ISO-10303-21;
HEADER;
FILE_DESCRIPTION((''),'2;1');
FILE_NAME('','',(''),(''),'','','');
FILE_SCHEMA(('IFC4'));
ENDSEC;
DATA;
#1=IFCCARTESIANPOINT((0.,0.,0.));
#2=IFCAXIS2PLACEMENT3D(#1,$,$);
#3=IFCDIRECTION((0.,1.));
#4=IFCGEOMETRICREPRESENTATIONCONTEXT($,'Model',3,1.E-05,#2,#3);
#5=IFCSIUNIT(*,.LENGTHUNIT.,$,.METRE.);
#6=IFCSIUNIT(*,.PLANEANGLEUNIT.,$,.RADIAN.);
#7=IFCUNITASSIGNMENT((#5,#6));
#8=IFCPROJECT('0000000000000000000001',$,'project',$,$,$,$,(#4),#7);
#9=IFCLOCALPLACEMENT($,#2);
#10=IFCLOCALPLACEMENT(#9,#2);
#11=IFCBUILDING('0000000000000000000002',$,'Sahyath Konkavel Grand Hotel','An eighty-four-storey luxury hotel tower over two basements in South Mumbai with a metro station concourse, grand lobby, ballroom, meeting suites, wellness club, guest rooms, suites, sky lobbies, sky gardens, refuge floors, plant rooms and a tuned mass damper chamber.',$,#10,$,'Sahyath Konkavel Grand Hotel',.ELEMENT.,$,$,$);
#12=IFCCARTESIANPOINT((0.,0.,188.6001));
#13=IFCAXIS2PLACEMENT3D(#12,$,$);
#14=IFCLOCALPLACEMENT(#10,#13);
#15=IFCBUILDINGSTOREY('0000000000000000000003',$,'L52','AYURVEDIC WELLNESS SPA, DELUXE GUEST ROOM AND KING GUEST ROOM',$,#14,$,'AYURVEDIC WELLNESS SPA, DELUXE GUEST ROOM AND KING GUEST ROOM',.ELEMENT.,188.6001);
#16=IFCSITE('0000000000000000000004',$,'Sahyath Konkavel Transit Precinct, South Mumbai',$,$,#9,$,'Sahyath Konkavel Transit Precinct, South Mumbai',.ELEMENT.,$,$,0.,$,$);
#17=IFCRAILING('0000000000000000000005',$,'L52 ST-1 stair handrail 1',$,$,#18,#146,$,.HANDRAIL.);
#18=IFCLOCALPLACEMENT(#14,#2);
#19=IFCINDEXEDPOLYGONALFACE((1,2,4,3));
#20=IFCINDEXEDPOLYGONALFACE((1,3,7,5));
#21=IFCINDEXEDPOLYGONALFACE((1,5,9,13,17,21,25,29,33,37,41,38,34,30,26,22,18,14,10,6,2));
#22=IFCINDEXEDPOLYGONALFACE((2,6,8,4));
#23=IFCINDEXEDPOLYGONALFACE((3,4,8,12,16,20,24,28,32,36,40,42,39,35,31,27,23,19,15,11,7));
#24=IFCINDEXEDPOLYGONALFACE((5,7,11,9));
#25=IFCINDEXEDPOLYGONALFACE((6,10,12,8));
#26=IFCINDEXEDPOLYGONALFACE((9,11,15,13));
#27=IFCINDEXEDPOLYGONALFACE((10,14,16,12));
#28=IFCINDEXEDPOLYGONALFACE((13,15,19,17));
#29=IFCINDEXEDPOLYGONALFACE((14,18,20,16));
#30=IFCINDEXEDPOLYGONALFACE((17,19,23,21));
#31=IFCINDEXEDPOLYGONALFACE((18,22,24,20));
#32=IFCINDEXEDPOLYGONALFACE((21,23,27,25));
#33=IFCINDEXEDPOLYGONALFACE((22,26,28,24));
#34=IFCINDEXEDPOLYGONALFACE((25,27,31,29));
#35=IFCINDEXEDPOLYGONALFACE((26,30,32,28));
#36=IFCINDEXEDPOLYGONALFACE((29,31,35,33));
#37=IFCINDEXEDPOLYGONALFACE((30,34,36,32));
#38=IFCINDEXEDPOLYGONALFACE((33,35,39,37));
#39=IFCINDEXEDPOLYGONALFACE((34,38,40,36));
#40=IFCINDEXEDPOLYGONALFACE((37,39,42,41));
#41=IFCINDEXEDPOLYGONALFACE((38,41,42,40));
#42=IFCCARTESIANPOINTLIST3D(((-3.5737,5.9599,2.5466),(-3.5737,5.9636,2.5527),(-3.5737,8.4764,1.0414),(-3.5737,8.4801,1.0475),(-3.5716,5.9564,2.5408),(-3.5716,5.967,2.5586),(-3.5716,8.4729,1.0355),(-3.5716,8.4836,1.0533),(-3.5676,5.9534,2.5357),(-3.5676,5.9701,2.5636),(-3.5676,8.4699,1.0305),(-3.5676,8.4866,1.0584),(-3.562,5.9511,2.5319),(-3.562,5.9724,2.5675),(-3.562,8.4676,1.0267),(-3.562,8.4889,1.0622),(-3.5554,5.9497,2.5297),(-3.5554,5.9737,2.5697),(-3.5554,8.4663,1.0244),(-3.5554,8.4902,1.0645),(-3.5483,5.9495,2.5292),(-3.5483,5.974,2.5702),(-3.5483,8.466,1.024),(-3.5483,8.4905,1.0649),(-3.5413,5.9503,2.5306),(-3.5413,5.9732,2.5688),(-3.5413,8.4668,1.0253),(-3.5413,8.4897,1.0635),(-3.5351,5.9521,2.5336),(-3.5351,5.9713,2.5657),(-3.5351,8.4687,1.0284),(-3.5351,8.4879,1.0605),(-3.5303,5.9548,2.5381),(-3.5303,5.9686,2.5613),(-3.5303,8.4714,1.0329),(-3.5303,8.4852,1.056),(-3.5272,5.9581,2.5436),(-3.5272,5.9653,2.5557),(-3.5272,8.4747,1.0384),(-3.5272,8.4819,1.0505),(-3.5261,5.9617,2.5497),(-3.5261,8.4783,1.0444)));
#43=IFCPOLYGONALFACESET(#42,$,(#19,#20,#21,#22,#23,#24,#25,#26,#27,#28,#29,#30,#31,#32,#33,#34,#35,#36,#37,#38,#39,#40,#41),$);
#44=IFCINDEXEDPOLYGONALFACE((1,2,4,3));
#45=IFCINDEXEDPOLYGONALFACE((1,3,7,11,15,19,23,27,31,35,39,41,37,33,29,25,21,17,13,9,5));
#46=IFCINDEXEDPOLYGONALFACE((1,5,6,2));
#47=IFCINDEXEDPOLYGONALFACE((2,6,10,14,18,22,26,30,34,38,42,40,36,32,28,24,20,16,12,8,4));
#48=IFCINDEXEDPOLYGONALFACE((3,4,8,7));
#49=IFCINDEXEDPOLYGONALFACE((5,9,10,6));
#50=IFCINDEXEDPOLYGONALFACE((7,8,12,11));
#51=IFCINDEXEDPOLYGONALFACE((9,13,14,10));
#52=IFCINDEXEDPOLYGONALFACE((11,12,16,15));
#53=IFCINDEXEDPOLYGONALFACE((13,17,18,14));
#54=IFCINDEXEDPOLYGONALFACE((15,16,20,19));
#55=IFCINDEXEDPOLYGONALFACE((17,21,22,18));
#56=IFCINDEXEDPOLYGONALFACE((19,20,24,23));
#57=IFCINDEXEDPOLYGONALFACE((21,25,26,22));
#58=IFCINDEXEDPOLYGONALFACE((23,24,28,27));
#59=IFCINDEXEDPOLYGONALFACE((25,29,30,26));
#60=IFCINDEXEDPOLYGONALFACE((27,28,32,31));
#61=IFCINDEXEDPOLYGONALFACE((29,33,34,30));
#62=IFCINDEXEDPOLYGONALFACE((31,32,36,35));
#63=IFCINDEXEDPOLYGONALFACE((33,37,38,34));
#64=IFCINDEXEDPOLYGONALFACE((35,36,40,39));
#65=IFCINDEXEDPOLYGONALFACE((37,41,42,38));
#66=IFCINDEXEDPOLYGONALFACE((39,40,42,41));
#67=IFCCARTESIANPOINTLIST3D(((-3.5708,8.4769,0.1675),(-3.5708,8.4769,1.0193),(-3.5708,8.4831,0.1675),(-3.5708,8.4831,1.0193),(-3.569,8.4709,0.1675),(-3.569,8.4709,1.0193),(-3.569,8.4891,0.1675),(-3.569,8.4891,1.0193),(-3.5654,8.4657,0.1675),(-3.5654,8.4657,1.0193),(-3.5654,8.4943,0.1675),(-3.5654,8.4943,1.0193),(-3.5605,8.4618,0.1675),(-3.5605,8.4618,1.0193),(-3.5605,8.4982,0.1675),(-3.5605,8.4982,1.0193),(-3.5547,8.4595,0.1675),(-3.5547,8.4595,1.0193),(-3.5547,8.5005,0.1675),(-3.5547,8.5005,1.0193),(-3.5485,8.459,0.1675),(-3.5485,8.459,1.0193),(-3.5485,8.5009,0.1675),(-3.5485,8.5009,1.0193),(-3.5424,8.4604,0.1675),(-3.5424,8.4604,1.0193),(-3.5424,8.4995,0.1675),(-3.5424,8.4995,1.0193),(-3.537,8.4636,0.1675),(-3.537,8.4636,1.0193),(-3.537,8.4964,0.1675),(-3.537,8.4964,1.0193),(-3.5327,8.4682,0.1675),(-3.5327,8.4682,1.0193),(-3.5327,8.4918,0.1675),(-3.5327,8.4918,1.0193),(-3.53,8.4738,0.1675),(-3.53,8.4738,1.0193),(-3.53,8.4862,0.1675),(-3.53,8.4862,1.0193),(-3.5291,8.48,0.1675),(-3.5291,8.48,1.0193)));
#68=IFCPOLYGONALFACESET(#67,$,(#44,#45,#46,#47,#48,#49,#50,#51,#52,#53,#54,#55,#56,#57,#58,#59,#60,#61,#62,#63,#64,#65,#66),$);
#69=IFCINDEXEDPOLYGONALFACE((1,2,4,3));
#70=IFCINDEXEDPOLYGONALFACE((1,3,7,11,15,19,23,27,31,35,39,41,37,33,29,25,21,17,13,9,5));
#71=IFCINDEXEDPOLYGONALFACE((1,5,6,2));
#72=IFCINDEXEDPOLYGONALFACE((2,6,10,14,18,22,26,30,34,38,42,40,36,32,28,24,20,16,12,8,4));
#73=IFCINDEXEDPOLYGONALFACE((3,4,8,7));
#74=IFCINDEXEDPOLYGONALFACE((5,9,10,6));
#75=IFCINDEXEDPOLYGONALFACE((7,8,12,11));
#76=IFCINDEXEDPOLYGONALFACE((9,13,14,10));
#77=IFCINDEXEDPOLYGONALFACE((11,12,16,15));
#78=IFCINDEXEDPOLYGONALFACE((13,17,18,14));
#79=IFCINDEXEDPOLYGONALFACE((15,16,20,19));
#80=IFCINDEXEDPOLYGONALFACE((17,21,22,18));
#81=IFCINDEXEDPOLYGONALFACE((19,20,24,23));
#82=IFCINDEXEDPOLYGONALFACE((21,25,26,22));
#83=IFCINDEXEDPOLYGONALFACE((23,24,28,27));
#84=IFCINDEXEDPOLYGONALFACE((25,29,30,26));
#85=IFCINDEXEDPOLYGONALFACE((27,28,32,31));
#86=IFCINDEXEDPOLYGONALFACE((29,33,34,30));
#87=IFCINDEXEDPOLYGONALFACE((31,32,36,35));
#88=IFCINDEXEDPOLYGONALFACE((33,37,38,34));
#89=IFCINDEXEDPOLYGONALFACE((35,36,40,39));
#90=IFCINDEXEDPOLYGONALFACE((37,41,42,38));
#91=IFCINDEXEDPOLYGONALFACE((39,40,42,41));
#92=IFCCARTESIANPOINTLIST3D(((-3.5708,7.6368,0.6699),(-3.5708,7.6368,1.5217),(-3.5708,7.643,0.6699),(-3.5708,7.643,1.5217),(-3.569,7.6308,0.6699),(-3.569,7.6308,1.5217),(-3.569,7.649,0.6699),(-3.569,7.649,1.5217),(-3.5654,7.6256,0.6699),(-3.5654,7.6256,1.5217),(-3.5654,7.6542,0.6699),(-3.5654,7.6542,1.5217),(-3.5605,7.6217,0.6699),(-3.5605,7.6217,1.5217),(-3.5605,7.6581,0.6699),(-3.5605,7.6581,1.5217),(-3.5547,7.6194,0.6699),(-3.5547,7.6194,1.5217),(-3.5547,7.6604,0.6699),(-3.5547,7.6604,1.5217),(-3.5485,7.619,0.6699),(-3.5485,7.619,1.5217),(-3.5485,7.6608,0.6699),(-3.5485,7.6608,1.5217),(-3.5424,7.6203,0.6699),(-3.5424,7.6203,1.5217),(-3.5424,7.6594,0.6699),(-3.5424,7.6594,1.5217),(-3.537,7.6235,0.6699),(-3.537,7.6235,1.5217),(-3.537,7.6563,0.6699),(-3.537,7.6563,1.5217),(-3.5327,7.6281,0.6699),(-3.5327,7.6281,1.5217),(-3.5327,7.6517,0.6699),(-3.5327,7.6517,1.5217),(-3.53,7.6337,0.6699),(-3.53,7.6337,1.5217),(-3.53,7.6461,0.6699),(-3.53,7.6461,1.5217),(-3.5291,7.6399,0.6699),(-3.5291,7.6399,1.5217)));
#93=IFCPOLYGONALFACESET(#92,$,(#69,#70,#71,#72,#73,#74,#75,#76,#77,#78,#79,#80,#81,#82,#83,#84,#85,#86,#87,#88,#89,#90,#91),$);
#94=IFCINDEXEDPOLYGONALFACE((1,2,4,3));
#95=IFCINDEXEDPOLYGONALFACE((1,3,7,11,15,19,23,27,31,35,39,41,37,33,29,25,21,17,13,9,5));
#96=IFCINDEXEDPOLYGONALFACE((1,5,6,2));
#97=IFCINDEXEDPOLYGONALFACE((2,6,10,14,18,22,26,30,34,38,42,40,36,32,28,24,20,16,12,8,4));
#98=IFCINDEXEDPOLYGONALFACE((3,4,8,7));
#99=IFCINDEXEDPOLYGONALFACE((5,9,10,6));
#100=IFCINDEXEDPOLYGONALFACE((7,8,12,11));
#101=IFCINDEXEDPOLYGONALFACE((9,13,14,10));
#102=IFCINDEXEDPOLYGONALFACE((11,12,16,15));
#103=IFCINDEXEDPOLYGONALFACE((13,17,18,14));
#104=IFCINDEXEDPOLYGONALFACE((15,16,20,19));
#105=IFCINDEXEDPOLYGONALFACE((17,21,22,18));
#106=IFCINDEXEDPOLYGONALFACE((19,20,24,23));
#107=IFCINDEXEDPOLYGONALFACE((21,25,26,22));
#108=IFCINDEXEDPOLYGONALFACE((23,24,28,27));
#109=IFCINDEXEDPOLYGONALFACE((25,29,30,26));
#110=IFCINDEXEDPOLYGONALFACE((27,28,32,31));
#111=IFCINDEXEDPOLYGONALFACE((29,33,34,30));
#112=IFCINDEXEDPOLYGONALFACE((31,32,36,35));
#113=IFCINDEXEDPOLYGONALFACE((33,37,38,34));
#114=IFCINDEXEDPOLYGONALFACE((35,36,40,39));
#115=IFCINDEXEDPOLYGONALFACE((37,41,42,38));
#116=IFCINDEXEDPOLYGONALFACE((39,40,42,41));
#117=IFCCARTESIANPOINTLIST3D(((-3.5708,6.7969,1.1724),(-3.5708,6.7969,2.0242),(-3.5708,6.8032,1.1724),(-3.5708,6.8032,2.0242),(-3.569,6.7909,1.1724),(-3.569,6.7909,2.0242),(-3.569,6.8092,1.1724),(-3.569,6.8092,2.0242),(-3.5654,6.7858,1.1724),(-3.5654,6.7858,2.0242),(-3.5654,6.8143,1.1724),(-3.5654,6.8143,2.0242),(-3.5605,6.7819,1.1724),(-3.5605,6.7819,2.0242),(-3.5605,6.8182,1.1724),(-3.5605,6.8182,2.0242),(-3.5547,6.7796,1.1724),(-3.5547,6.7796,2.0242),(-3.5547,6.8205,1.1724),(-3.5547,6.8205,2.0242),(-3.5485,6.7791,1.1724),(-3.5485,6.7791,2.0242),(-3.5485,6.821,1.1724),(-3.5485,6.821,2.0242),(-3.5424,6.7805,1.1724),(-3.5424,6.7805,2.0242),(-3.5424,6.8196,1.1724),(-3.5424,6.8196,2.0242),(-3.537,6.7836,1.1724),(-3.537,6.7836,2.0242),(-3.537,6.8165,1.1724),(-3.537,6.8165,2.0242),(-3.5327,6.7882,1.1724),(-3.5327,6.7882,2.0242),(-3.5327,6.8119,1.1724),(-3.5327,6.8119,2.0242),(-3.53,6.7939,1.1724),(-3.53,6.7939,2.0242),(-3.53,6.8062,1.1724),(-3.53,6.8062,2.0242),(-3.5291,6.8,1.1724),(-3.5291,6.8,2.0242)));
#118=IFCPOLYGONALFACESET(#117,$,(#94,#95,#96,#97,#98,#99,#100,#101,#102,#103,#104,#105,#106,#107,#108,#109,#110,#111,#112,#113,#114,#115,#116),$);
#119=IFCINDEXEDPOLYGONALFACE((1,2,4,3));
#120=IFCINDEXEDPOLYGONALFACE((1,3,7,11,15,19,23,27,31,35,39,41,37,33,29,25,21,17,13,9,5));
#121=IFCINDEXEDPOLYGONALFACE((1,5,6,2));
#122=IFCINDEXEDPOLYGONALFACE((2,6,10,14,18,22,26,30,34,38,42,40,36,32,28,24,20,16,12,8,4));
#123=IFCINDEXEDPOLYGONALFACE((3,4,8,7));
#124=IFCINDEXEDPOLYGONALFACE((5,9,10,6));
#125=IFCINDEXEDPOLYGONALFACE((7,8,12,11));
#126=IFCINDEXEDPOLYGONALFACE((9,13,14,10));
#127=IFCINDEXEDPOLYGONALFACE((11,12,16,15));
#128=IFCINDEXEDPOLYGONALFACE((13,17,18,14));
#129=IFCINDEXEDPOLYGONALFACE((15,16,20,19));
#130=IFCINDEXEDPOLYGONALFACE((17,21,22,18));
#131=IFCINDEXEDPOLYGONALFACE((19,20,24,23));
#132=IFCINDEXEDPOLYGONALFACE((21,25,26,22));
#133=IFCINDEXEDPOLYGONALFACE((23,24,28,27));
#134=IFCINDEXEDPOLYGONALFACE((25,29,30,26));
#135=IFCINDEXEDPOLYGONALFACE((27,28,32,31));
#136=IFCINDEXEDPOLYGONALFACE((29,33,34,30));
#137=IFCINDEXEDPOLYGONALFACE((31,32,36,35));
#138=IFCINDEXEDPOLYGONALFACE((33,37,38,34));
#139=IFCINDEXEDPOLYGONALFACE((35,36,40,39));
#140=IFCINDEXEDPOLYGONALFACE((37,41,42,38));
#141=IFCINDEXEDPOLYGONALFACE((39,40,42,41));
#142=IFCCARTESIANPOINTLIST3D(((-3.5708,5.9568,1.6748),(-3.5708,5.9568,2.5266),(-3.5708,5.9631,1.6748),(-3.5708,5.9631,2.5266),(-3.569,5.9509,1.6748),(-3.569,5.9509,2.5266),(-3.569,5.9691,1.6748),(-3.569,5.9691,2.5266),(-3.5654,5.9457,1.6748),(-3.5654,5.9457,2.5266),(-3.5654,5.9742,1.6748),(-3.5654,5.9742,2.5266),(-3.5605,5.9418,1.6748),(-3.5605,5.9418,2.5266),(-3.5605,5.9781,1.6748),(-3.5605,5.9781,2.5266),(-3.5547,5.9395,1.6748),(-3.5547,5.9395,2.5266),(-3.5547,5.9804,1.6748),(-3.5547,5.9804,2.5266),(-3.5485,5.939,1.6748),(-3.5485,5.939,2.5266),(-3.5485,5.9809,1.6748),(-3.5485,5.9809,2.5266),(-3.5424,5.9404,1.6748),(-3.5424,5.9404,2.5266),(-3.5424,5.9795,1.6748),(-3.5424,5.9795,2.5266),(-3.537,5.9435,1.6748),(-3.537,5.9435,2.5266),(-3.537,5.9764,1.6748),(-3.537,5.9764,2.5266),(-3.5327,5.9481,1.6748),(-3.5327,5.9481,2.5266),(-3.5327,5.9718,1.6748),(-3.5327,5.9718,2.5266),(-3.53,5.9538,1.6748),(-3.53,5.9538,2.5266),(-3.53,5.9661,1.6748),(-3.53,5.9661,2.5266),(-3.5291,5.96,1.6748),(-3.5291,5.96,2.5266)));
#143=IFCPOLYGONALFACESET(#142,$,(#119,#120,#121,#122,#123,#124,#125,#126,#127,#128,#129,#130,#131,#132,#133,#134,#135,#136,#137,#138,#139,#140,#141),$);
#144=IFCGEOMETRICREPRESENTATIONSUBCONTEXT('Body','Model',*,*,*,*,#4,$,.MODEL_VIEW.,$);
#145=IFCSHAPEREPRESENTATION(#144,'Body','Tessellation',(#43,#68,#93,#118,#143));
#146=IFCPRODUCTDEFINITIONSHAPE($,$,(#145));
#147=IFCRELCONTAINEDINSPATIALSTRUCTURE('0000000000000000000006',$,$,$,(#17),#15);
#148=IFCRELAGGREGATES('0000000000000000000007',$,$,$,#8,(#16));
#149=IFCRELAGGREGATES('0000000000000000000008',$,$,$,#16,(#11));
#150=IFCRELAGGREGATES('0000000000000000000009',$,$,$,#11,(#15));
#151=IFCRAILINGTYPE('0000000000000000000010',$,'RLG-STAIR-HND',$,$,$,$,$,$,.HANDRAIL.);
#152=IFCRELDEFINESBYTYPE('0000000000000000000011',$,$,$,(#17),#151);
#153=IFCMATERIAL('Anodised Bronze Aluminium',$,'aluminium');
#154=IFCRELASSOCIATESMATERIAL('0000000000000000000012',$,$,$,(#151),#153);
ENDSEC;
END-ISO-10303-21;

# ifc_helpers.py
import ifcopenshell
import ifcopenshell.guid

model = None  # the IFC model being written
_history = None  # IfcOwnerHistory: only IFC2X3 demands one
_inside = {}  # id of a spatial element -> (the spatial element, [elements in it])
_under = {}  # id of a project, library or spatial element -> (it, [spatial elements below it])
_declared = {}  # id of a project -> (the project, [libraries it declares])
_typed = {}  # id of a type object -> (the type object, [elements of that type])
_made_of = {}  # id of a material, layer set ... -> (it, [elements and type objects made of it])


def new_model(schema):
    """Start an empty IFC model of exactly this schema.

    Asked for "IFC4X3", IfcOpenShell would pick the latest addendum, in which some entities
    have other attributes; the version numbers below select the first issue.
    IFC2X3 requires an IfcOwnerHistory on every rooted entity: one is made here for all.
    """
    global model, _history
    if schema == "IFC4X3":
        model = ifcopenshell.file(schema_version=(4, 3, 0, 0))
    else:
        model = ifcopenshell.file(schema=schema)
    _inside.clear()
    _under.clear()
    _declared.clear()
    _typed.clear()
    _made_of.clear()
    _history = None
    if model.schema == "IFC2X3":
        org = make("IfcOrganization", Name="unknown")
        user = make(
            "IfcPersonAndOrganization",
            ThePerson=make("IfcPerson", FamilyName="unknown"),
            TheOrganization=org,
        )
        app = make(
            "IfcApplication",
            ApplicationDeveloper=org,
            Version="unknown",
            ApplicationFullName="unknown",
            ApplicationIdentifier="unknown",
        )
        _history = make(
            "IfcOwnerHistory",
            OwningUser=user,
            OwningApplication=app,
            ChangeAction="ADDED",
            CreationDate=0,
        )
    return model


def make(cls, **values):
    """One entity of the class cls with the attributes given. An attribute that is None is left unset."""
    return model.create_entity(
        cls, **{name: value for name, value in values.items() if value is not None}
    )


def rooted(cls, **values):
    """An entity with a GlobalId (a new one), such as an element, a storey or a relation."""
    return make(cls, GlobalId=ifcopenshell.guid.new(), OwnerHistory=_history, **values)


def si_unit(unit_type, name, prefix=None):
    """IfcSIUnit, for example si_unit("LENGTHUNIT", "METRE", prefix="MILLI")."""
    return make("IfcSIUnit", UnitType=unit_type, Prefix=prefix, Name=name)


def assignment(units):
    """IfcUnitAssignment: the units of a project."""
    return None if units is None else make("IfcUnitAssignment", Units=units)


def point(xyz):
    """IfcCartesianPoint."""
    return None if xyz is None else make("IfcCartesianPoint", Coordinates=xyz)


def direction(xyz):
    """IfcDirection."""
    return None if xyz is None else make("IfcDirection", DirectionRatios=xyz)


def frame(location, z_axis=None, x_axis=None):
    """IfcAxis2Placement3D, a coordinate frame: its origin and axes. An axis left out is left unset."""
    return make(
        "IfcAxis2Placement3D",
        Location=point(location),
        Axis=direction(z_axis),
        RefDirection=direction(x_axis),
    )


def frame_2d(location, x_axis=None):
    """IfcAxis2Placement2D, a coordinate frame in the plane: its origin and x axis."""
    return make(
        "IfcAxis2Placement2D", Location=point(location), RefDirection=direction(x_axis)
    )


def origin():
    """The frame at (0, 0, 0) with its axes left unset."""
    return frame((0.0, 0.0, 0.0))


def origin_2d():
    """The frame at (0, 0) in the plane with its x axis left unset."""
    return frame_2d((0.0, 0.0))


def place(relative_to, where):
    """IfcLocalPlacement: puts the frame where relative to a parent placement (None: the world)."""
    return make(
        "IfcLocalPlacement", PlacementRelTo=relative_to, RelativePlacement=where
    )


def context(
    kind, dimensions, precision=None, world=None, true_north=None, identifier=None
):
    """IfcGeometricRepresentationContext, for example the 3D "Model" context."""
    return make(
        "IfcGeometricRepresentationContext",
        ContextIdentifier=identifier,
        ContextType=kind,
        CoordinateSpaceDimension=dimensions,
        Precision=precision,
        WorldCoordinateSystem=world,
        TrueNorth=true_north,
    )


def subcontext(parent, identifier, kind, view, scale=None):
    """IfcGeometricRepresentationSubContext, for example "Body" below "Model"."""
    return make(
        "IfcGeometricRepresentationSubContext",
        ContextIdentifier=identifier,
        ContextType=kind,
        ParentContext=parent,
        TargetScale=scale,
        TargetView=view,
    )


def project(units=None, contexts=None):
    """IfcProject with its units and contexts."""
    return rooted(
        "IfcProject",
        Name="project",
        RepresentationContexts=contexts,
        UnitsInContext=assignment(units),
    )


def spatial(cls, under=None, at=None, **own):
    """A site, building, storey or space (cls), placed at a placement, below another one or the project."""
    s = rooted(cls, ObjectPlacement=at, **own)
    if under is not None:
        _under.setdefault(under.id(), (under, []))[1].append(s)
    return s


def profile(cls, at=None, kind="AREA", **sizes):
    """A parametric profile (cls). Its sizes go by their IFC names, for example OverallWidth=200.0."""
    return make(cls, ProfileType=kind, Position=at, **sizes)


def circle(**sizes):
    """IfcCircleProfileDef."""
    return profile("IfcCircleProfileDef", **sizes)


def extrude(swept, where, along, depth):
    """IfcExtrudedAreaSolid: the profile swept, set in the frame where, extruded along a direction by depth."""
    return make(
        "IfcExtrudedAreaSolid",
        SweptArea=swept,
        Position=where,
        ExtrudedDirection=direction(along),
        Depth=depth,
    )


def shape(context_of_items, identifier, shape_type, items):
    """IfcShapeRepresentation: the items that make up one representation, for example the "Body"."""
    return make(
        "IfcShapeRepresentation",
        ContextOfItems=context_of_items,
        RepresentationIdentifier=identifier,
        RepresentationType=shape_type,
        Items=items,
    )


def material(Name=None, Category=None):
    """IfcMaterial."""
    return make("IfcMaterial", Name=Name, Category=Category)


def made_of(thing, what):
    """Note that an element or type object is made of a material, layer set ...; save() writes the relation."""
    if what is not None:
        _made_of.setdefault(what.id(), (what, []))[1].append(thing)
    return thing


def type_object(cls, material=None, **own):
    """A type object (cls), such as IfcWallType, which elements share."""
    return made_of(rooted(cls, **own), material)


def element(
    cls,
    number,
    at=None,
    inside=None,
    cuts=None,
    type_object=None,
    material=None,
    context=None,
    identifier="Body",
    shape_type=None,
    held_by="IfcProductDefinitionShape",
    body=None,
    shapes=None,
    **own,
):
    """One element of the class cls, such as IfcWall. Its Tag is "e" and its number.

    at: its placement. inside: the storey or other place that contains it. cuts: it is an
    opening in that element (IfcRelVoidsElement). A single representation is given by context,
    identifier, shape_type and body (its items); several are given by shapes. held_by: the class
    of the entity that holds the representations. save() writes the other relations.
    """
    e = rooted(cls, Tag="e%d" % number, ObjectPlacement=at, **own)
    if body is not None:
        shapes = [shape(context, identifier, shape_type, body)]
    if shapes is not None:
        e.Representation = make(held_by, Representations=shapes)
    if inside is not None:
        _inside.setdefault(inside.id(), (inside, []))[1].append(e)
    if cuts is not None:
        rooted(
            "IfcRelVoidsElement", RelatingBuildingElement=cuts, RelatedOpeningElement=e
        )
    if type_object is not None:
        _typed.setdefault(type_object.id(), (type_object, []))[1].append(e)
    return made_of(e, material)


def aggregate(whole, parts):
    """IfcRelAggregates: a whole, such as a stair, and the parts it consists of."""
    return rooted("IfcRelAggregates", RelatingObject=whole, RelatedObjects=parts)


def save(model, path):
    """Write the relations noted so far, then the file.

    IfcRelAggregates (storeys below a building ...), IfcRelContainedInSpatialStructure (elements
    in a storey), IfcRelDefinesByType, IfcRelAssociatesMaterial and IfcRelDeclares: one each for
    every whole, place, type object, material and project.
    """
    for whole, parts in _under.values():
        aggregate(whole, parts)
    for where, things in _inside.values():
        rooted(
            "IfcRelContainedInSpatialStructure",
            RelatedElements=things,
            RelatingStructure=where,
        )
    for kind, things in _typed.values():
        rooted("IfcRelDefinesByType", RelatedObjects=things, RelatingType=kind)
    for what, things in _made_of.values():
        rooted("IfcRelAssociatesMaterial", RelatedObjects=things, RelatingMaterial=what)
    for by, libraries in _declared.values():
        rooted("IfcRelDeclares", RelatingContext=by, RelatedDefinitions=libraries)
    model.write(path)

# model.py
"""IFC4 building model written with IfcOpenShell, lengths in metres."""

from ifc_helpers import new_model, si_unit, direction, frame, origin, origin_2d, place, context, subcontext, project, spatial, circle, extrude, material, type_object, element, save


model = new_model("IFC4")

# Units and contexts
model_context = context("Model", 3, precision=1e-05, world=origin(), true_north=direction((0.0, 1.0)))
body_context = subcontext(model_context, "Body", "Model", "MODEL_VIEW")
ifc_project = project(units=[si_unit("LENGTHUNIT", "METRE"), si_unit("PLANEANGLEUNIT", "RADIAN")], contexts=[model_context])

# Site, building, storey
site_placement = place(None, origin())
site = spatial("IfcSite", under=ifc_project, at=site_placement, Name="Sahyath Konkavel Transit Precinct, South Mumbai", LongName="Sahyath Konkavel Transit Precinct, South Mumbai", CompositionType="ELEMENT", RefElevation=0.0)
building_placement = place(site_placement, origin())
building = spatial("IfcBuilding", under=site, at=building_placement, Name="Sahyath Konkavel Grand Hotel", Description="An eighty-four-storey luxury hotel tower over two basements in South Mumbai with a metro station concourse, grand lobby, ballroom, meeting suites, wellness club, guest rooms, suites, sky lobbies, sky gardens, refuge floors, plant rooms and a tuned mass damper chamber.", LongName="Sahyath Konkavel Grand Hotel", CompositionType="ELEMENT")
storey_placement = place(building_placement, frame((0.0, 0.0, 188.6001)))
storey = spatial("IfcBuildingStorey", under=building, at=storey_placement, Name="L52", Description="AYURVEDIC WELLNESS SPA, DELUXE GUEST ROOM AND KING GUEST ROOM", LongName="AYURVEDIC WELLNESS SPA, DELUXE GUEST ROOM AND KING GUEST ROOM", CompositionType="ELEMENT", Elevation=188.6001)

# Shared definitions
ifc_material_1 = material(Name="Anodised Bronze Aluminium", Category="aluminium")

# Railing
railing_type_1 = type_object("IfcRailingType", Name="RLG-STAIR-HND", PredefinedType="HANDRAIL", material=ifc_material_1)
railing_1_placement = place(storey_placement, frame((-3.55, 8.48, 0.1675)))
element("IfcRailing", 1, at=railing_1_placement, inside=storey, type_object=railing_type_1, Name="L52 ST-1 stair handrail 1", PredefinedType="HANDRAIL", context=body_context, shape_type="SweptSolid", body=[
    extrude(circle(Radius=0.0239, at=origin_2d()), frame((0.0, -0.0017, 0.877), z_axis=(0.0, -0.858196, 0.513321), x_axis=(1.0, 0.0, 0.0)), (0.0, 0.0, 1.0), 2.9324),
    extrude(circle(Radius=0.021, at=origin_2d()), origin(), (0.0, 0.0, 1.0), 0.8518),
    extrude(circle(Radius=0.021, at=origin_2d()), frame((0.0, -0.8401, 0.5024)), (0.0, 0.0, 1.0), 0.8518),
    extrude(circle(Radius=0.021, at=origin_2d()), frame((0.0, -1.6799, 1.0049)), (0.0, 0.0, 1.0), 0.8518),
    extrude(circle(Radius=0.021, at=origin_2d()), frame((0.0, -2.52, 1.5073)), (0.0, 0.0, 1.0), 0.8518),
])

save(model, "model.ifc")
